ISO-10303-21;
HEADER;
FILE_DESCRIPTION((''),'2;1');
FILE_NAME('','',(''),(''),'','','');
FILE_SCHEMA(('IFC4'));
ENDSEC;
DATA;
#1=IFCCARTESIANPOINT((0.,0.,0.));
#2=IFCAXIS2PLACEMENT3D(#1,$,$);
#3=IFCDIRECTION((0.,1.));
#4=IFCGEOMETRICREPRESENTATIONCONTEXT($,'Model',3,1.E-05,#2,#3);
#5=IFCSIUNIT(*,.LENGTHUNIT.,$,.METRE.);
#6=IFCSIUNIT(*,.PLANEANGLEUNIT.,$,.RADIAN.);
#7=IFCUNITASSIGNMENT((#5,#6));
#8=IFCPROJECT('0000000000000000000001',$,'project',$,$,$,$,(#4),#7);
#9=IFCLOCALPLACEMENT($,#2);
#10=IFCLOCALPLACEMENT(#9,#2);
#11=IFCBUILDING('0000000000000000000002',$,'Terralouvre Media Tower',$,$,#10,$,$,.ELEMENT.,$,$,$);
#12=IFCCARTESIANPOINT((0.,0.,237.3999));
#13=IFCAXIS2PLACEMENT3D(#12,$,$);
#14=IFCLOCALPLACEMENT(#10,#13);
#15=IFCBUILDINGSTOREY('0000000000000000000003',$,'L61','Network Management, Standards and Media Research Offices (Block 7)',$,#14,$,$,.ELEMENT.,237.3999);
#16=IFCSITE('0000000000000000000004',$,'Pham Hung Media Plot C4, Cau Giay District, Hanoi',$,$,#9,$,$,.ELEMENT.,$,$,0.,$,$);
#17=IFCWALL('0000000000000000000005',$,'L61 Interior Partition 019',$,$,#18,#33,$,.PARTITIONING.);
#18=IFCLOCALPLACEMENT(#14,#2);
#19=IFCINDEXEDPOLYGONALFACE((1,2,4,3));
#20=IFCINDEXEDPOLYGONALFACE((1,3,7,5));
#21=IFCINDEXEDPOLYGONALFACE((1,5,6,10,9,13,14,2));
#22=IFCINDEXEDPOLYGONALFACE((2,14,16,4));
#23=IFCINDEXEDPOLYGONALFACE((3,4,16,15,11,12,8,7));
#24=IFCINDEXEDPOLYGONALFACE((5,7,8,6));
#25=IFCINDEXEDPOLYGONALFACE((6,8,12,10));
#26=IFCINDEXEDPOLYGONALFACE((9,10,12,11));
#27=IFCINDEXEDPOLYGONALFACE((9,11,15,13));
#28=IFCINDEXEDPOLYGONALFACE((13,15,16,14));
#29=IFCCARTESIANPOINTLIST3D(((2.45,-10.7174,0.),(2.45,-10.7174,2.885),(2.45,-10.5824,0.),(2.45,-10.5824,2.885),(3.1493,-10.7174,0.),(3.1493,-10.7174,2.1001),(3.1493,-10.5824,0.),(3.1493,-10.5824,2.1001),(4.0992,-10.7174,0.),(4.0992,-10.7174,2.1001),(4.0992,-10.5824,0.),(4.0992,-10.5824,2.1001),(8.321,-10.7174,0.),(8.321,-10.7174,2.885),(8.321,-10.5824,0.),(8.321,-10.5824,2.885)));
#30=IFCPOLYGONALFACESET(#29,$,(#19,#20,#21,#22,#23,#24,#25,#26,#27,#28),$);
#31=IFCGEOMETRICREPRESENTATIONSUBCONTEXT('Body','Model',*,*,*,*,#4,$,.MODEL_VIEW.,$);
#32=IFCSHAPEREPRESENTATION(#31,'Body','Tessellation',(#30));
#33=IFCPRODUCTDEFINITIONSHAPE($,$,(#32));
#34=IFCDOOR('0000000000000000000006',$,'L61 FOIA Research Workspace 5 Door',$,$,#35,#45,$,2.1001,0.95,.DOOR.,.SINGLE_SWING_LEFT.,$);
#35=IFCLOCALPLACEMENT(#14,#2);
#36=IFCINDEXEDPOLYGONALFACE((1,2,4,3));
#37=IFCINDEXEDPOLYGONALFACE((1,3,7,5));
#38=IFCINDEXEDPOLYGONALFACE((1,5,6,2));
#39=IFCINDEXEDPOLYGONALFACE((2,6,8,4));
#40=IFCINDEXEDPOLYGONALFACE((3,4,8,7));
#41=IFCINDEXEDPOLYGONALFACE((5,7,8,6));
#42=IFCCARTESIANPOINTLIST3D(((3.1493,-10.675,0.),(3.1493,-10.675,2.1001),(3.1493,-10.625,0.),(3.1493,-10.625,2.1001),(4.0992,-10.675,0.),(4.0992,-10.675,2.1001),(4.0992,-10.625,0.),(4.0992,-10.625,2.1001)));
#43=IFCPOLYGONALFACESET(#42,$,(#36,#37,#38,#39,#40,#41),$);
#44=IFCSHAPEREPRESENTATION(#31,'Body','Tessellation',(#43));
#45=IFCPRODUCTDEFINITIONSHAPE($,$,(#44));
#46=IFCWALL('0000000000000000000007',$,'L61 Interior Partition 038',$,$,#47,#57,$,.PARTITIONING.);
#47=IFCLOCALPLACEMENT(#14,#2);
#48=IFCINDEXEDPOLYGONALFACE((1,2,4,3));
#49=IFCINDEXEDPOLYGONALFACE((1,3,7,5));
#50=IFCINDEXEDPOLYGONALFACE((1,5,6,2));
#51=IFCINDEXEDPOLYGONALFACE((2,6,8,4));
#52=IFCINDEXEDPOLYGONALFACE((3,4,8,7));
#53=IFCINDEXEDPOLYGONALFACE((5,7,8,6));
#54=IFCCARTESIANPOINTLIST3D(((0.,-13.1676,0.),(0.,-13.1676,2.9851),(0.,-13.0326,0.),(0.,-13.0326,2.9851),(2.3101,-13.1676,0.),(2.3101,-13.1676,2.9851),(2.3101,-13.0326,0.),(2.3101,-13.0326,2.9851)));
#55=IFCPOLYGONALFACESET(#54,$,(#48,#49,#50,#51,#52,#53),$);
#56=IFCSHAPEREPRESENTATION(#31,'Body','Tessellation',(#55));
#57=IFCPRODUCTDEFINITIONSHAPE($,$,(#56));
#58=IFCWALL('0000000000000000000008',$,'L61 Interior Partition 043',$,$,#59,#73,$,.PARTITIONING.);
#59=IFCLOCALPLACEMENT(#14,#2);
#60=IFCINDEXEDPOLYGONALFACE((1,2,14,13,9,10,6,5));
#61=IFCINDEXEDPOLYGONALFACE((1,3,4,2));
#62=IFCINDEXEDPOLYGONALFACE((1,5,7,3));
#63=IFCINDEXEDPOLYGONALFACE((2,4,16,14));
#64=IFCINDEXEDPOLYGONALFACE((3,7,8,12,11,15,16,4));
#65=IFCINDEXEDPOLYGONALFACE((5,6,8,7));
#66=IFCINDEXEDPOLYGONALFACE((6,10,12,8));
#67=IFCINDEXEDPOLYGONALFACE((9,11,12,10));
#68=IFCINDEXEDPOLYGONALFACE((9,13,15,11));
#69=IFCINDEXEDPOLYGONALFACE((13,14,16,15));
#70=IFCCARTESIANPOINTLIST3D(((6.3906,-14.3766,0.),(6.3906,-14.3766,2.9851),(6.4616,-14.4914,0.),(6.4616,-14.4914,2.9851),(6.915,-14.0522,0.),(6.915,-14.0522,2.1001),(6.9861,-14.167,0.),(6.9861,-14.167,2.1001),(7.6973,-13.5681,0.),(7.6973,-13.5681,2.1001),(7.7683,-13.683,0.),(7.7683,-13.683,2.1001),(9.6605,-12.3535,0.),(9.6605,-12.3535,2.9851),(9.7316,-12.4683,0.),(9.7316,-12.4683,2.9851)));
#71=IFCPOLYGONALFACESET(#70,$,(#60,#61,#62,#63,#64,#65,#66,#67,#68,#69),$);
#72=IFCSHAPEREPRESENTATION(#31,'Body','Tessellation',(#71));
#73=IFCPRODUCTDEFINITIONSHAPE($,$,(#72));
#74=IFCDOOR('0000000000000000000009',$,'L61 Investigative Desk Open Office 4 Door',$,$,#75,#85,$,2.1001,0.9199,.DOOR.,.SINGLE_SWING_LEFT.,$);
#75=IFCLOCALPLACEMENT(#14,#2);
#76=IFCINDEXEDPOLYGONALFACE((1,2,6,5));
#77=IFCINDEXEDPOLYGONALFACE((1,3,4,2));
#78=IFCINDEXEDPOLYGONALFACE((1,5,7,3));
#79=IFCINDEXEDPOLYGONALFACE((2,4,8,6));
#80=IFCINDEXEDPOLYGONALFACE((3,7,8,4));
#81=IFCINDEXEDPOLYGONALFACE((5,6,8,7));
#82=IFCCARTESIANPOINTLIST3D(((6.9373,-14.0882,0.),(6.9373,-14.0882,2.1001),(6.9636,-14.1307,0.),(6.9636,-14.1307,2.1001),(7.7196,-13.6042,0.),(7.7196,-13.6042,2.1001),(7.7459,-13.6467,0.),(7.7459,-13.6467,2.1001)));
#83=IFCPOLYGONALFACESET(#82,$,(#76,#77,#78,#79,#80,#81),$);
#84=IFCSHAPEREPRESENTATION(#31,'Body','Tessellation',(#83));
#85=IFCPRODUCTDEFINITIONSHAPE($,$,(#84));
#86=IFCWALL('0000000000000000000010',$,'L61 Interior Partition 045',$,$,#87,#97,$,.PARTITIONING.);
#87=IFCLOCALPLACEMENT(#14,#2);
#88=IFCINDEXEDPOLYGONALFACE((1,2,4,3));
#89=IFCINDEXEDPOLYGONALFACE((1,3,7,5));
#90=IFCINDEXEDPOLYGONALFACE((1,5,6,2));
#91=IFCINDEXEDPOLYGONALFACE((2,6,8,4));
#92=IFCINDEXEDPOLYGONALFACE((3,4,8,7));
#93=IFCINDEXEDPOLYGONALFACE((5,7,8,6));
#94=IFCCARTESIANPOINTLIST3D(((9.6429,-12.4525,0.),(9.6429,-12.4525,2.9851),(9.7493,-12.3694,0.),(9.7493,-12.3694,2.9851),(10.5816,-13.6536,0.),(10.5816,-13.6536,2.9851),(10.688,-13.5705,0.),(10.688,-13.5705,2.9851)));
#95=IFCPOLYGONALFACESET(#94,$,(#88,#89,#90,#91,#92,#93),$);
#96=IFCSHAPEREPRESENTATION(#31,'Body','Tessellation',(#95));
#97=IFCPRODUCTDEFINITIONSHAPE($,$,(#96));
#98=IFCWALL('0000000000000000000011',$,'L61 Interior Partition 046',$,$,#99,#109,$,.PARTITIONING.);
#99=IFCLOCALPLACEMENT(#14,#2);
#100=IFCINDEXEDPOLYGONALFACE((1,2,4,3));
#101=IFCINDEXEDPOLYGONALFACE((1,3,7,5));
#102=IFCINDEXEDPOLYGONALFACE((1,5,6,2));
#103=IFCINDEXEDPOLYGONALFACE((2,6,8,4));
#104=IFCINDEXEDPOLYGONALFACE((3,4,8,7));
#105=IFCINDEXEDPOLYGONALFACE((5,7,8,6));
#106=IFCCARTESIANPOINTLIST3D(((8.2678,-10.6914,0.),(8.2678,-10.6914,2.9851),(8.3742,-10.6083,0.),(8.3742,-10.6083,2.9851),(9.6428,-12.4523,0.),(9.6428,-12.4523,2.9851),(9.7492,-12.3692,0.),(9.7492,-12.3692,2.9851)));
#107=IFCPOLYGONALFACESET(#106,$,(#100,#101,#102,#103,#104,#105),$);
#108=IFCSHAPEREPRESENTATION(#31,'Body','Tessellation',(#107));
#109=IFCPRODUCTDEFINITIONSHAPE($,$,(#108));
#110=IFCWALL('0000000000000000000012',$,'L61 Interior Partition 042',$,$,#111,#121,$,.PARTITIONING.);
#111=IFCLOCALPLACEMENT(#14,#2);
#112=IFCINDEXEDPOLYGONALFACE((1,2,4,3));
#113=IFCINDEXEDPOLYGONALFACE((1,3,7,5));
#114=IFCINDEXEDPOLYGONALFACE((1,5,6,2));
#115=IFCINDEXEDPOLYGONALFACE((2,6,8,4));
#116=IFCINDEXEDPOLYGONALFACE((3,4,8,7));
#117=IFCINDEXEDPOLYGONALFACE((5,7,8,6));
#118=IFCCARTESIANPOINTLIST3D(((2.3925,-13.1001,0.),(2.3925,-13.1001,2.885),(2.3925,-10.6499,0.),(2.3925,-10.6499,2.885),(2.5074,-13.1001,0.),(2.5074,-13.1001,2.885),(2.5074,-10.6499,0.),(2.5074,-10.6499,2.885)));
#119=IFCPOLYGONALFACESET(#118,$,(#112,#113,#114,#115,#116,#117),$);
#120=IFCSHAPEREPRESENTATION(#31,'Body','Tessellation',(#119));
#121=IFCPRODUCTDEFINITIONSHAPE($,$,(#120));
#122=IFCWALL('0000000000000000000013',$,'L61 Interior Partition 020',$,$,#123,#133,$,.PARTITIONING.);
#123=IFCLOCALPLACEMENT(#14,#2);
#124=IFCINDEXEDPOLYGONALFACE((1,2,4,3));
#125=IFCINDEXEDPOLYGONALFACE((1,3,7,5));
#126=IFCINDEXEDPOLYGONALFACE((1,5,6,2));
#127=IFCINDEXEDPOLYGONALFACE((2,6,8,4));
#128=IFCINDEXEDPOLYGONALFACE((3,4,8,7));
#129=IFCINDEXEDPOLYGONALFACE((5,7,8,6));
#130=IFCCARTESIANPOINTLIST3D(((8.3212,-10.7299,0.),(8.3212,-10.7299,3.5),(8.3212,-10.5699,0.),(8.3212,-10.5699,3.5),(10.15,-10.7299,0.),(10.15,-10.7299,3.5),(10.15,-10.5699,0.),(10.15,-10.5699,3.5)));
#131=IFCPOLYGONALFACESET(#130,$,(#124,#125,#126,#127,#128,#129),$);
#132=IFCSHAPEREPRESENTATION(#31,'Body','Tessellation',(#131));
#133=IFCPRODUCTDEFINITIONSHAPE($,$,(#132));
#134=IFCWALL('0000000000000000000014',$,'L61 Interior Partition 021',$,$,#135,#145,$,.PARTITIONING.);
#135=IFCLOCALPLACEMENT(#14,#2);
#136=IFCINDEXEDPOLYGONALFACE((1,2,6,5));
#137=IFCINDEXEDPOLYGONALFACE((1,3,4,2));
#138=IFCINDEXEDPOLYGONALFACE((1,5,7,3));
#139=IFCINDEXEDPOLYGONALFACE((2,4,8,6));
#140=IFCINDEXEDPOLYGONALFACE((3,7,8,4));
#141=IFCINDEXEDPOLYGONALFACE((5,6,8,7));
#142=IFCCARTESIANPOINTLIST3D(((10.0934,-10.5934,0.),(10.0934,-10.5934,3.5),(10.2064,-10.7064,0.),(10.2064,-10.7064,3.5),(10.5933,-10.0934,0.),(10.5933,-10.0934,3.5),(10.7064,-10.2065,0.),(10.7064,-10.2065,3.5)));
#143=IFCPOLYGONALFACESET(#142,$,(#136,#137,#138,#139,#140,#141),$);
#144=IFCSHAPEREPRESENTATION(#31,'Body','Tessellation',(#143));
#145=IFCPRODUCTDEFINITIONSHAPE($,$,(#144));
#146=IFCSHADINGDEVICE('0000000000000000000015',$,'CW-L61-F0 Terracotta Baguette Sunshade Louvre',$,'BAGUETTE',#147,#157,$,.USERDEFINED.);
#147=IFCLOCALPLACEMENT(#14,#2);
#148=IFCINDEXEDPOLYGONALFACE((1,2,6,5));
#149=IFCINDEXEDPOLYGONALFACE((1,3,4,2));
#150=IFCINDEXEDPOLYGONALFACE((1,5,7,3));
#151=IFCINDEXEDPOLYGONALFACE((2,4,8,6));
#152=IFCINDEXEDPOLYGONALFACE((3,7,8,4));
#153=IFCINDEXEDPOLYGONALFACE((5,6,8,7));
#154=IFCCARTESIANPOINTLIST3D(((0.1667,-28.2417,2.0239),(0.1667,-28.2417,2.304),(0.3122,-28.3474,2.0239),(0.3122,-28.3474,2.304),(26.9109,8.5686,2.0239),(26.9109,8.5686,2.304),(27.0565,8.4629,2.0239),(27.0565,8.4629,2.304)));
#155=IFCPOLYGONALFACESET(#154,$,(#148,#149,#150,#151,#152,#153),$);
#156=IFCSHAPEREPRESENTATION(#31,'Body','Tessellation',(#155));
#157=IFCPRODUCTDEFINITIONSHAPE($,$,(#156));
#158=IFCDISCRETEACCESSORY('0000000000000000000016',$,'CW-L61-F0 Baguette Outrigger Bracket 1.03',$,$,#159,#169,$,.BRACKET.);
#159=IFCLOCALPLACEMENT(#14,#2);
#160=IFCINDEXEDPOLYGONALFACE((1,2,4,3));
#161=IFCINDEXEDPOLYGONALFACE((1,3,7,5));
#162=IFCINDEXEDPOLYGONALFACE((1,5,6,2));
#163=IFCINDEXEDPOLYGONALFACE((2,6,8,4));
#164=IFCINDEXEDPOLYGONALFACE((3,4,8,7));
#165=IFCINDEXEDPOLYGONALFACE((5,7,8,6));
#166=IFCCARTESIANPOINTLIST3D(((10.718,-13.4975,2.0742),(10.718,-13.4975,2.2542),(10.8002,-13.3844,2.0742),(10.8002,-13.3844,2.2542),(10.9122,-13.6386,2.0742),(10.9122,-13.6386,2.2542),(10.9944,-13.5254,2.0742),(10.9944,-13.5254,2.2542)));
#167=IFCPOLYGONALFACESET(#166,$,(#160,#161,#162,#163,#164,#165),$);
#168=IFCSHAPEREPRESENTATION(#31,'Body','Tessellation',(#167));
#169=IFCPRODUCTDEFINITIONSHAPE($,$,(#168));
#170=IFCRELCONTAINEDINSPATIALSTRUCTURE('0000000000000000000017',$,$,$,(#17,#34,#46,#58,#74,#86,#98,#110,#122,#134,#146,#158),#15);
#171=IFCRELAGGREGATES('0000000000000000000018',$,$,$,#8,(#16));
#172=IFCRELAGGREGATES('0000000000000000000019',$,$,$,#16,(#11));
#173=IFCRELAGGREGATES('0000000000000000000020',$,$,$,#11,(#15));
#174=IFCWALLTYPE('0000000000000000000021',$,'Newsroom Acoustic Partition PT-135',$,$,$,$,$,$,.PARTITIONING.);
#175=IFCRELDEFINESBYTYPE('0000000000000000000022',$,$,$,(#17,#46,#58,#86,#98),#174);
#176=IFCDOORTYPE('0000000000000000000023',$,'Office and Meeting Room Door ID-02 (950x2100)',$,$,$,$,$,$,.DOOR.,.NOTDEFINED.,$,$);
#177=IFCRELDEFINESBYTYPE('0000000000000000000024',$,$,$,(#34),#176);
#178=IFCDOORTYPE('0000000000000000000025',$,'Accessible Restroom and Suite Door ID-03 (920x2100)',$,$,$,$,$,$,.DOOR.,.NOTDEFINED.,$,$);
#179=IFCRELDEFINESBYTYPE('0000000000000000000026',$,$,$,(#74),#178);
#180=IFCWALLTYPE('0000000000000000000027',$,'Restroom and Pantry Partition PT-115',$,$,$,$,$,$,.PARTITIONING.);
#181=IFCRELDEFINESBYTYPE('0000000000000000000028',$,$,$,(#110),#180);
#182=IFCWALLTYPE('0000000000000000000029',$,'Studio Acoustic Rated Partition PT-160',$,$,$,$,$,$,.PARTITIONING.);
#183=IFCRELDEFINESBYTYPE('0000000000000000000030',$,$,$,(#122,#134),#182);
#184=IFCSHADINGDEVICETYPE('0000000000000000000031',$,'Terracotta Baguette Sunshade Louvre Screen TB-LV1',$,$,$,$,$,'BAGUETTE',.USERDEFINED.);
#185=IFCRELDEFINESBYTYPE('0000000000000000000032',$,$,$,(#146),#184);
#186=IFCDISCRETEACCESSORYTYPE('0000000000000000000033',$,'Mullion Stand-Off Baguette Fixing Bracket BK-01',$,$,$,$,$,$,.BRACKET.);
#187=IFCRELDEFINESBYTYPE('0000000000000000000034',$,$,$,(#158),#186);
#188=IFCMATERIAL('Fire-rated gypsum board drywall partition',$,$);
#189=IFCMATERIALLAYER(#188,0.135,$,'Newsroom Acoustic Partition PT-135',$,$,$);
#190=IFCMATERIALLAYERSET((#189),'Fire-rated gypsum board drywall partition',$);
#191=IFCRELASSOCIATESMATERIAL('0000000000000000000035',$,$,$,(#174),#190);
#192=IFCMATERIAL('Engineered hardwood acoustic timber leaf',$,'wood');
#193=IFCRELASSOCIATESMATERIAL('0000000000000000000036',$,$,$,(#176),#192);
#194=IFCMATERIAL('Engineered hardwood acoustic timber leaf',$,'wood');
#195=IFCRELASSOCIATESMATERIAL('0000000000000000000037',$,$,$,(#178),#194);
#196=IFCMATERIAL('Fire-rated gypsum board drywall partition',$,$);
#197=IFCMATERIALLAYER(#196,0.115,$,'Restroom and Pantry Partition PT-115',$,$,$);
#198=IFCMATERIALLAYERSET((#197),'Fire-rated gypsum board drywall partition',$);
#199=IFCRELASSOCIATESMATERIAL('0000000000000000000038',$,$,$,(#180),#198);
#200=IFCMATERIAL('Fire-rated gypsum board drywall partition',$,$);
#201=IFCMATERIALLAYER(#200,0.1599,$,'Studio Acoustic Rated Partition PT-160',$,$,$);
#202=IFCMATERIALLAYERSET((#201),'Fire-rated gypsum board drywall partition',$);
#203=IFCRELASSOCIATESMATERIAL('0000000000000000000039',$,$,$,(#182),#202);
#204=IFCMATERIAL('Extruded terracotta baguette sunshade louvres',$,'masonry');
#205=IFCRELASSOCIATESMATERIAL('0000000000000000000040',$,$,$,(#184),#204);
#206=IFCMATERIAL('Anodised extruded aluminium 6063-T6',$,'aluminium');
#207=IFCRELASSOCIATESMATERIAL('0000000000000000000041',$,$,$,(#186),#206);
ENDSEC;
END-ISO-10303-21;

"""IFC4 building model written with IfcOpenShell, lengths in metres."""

from ifc_helpers import new_model, si_unit, direction, frame, frame_2d, origin, origin_2d, place, context, subcontext, project, spatial, rectangle, extrude, material, layer, layer_set, type_object, element, fill, save


model = new_model("IFC4")

# Units and contexts
model_context = context("Model", 3, precision=1e-05, world=origin(), true_north=direction((0.0, 1.0)))
body_context = subcontext(model_context, "Body", "Model", "MODEL_VIEW")
ifc_project = project(units=[si_unit("LENGTHUNIT", "METRE"), si_unit("PLANEANGLEUNIT", "RADIAN")], contexts=[model_context])

# Site, building, storey
site_placement = place(None, origin())
site = spatial("IfcSite", under=ifc_project, at=site_placement, Name="Pham Hung Media Plot C4, Cau Giay District, Hanoi", CompositionType="ELEMENT", RefElevation=0.0)
building_placement = place(site_placement, origin())
building = spatial("IfcBuilding", under=site, at=building_placement, Name="Terralouvre Media Tower", CompositionType="ELEMENT")
storey_placement = place(building_placement, frame((0.0, 0.0, 237.3999)))
storey = spatial("IfcBuildingStorey", under=building, at=storey_placement, Name="L61", Description="Network Management, Standards and Media Research Offices (Block 7)", CompositionType="ELEMENT", Elevation=237.3999)

# Wall, opening, door
ifc_material_1 = material(Name="Fire-rated gypsum board drywall partition")
ifc_layer_1 = layer(ifc_material_1, 0.135, Name="Newsroom Acoustic Partition PT-135")
ifc_layer_set_1 = layer_set([ifc_layer_1], Name="Fire-rated gypsum board drywall partition")
wall_type_1 = type_object("IfcWallType", Name="Newsroom Acoustic Partition PT-135", PredefinedType="PARTITIONING", material=ifc_layer_set_1)
wall_1_placement = place(storey_placement, frame((2.45, -10.6499, 0.0), z_axis=(0.0, 0.0, 1.0), x_axis=(1.0, 0.0, 0.0)))
wall_1 = element("IfcWall", 1, at=wall_1_placement, inside=storey, type_object=wall_type_1, Name="L61 Interior Partition 019", PredefinedType="PARTITIONING", context=body_context, shape_type="SweptSolid", body=[
    extrude(rectangle(XDim=5.8711, YDim=0.135, at=frame_2d((2.9355, 0.0))), origin(), (0.0, 0.0, 1.0), 2.885),
])
opening_1_placement = place(wall_1_placement, frame((0.6992, 0.0, 0.0)))
opening_1 = element("IfcOpeningElement", 2, at=opening_1_placement, cuts=wall_1, PredefinedType="OPENING", context=body_context, shape_type="SweptSolid", body=[
    extrude(rectangle(XDim=0.95, YDim=2.1001, at=frame_2d((0.4751, 1.05))), frame((0.0, 0.0774, 0.0), z_axis=(0.0, -1.0, 0.0), x_axis=(1.0, 0.0, 0.0)), (0.0, 0.0, 1.0), 0.155),
])
ifc_material_2 = material(Name="Engineered hardwood acoustic timber leaf", Category="wood")
door_type_1 = type_object("IfcDoorType", Name="Office and Meeting Room Door ID-02 (950x2100)", OperationType="NOTDEFINED", PredefinedType="DOOR", material=ifc_material_2)
door_1_placement = place(opening_1_placement, origin())
door_1 = element("IfcDoor", 3, at=door_1_placement, inside=storey, type_object=door_type_1, Name="L61 FOIA Research Workspace 5 Door", OperationType="SINGLE_SWING_LEFT", OverallHeight=2.1001, OverallWidth=0.95, PredefinedType="DOOR", context=body_context, shape_type="SweptSolid", body=[
    extrude(rectangle(XDim=0.95, YDim=2.1001, at=frame_2d((0.4751, 1.05))), frame((0.0, 0.0249, 0.0), z_axis=(0.0, -1.0, 0.0), x_axis=(1.0, 0.0, 0.0)), (0.0, 0.0, 1.0), 0.05),
])
fill(opening_1, door_1)

# Wall
wall_2_placement = place(storey_placement, frame((2.3101, -13.1001, 0.0), z_axis=(0.0, 0.0, 1.0), x_axis=(-1.0, 0.0, 0.0)))
element("IfcWall", 4, at=wall_2_placement, inside=storey, type_object=wall_type_1, Name="L61 Interior Partition 038", PredefinedType="PARTITIONING", context=body_context, shape_type="SweptSolid", body=[
    extrude(rectangle(XDim=2.3101, YDim=0.135, at=frame_2d((1.155, 0.0))), origin(), (0.0, 0.0, 1.0), 2.9851),
])

# Wall, opening, door
wall_3_placement = place(storey_placement, frame((9.696, -12.4109, 0.0), z_axis=(0.0, 0.0, 1.0), x_axis=(-0.850394, -0.526147, 0.0)))
wall_3 = element("IfcWall", 5, at=wall_3_placement, inside=storey, type_object=wall_type_1, Name="L61 Interior Partition 043", PredefinedType="PARTITIONING", context=body_context, shape_type="SweptSolid", body=[
    extrude(rectangle(XDim=3.8452, YDim=0.135, at=frame_2d((1.9226, 0.0))), origin(), (0.0, 0.0, 1.0), 2.9851),
])
opening_2_placement = place(wall_3_placement, frame((2.3086, 0.0, 0.0)))
opening_2 = element("IfcOpeningElement", 6, at=opening_2_placement, cuts=wall_3, PredefinedType="OPENING", context=body_context, shape_type="SweptSolid", body=[
    extrude(rectangle(XDim=0.9199, YDim=2.1001, at=frame_2d((0.46, 1.05))), frame((0.0, 0.0774, 0.0), z_axis=(0.0, -1.0, 0.0), x_axis=(1.0, 0.0, 0.0)), (0.0, 0.0, 1.0), 0.155),
])
ifc_material_3 = material(Name="Engineered hardwood acoustic timber leaf", Category="wood")
door_type_2 = type_object("IfcDoorType", Name="Accessible Restroom and Suite Door ID-03 (920x2100)", OperationType="NOTDEFINED", PredefinedType="DOOR", material=ifc_material_3)
door_2_placement = place(opening_2_placement, origin())
door_2 = element("IfcDoor", 7, at=door_2_placement, inside=storey, type_object=door_type_2, Name="L61 Investigative Desk Open Office 4 Door", OperationType="SINGLE_SWING_LEFT", OverallHeight=2.1001, OverallWidth=0.9199, PredefinedType="DOOR", context=body_context, shape_type="SweptSolid", body=[
    extrude(rectangle(XDim=0.9199, YDim=2.1001, at=frame_2d((0.46, 1.05))), frame((0.0, 0.0249, 0.0), z_axis=(0.0, -1.0, 0.0), x_axis=(1.0, 0.0, 0.0)), (0.0, 0.0, 1.0), 0.05),
])
fill(opening_2, door_2)

# Walls
wall_4_placement = place(storey_placement, frame((10.6348, -13.6121, 0.0), z_axis=(0.0, 0.0, 1.0), x_axis=(-0.615768, 0.787927, 0.0)))
element("IfcWall", 8, at=wall_4_placement, inside=storey, type_object=wall_type_1, Name="L61 Interior Partition 045", PredefinedType="PARTITIONING", context=body_context, shape_type="SweptSolid", body=[
    extrude(rectangle(XDim=1.5244, YDim=0.135, at=frame_2d((0.7622, 0.0))), origin(), (0.0, 0.0, 1.0), 2.9851),
])
wall_5_placement = place(storey_placement, frame((9.696, -12.4109, 0.0), z_axis=(0.0, 0.0, 1.0), x_axis=(-0.61543, 0.788192, 0.0)))
element("IfcWall", 9, at=wall_5_placement, inside=storey, type_object=wall_type_1, Name="L61 Interior Partition 046", PredefinedType="PARTITIONING", context=body_context, shape_type="SweptSolid", body=[
    extrude(rectangle(XDim=2.2341, YDim=0.135, at=frame_2d((1.1172, 0.0))), origin(), (0.0, 0.0, 1.0), 2.9851),
])
ifc_material_4 = material(Name="Fire-rated gypsum board drywall partition")
ifc_layer_2 = layer(ifc_material_4, 0.115, Name="Restroom and Pantry Partition PT-115")
ifc_layer_set_2 = layer_set([ifc_layer_2], Name="Fire-rated gypsum board drywall partition")
wall_type_2 = type_object("IfcWallType", Name="Restroom and Pantry Partition PT-115", PredefinedType="PARTITIONING", material=ifc_layer_set_2)
wall_6_placement = place(storey_placement, frame((2.45, -13.1001, 0.0), z_axis=(0.0, 0.0, 1.0), x_axis=(0.0, 1.0, 0.0)))
element("IfcWall", 10, at=wall_6_placement, inside=storey, type_object=wall_type_2, Name="L61 Interior Partition 042", PredefinedType="PARTITIONING", context=body_context, shape_type="SweptSolid", body=[
    extrude(rectangle(XDim=2.4502, YDim=0.115, at=frame_2d((1.2251, 0.0))), origin(), (0.0, 0.0, 1.0), 2.885),
])
ifc_material_5 = material(Name="Fire-rated gypsum board drywall partition")
ifc_layer_3 = layer(ifc_material_5, 0.1599, Name="Studio Acoustic Rated Partition PT-160")
ifc_layer_set_3 = layer_set([ifc_layer_3], Name="Fire-rated gypsum board drywall partition")
wall_type_3 = type_object("IfcWallType", Name="Studio Acoustic Rated Partition PT-160", PredefinedType="PARTITIONING", material=ifc_layer_set_3)
wall_7_placement = place(storey_placement, frame((8.321, -10.6499, 0.0), z_axis=(0.0, 0.0, 1.0), x_axis=(1.0, 0.0, 0.0)))
element("IfcWall", 11, at=wall_7_placement, inside=storey, type_object=wall_type_3, Name="L61 Interior Partition 020", PredefinedType="PARTITIONING", context=body_context, shape_type="SweptSolid", body=[
    extrude(rectangle(XDim=1.8289, YDim=0.1599, at=frame_2d((0.9146, 0.0))), origin(), (0.0, 0.0, 1.0), 3.5),
])
wall_8_placement = place(storey_placement, frame((10.1499, -10.6499, 0.0), z_axis=(0.0, 0.0, 1.0), x_axis=(0.707107, 0.707107, 0.0)))
element("IfcWall", 12, at=wall_8_placement, inside=storey, type_object=wall_type_3, Name="L61 Interior Partition 021", PredefinedType="PARTITIONING", context=body_context, shape_type="SweptSolid", body=[
    extrude(rectangle(XDim=0.707, YDim=0.1599, at=frame_2d((0.3535, 0.0))), origin(), (0.0, 0.0, 1.0), 3.5),
])

# Shading device
ifc_material_6 = material(Name="Extruded terracotta baguette sunshade louvres", Category="masonry")
shading_device_type = type_object("IfcShadingDeviceType", Name="Terracotta Baguette Sunshade Louvre Screen TB-LV1", ElementType="BAGUETTE", PredefinedType="USERDEFINED", material=ifc_material_6)
shading_device_placement = place(storey_placement, frame((13.6116, -9.8894, 2.0239), z_axis=(0.0, 0.0, 1.0), x_axis=(0.587785, 0.809017, 0.0)))
element("IfcShadingDevice", 13, at=shading_device_placement, inside=storey, type_object=shading_device_type, Name="CW-L61-F0 Terracotta Baguette Sunshade Louvre", ObjectType="BAGUETTE", PredefinedType="USERDEFINED", context=body_context, shape_type="SweptSolid", body=[
    extrude(rectangle(XDim=45.5, YDim=0.1799, at=origin_2d()), origin(), (0.0, 0.0, 1.0), 0.28),
])

# Discrete accessory
ifc_material_7 = material(Name="Anodised extruded aluminium 6063-T6", Category="aluminium")
discrete_accessory_type = type_object("IfcDiscreteAccessoryType", Name="Mullion Stand-Off Baguette Fixing Bracket BK-01", PredefinedType="BRACKET", material=ifc_material_7)
discrete_accessory_placement = place(storey_placement, frame((10.8562, -13.5115, 2.0742), z_axis=(0.0, 0.0, 1.0), x_axis=(0.587785, 0.809017, 0.0)))
element("IfcDiscreteAccessory", 14, at=discrete_accessory_placement, inside=storey, type_object=discrete_accessory_type, Name="CW-L61-F0 Baguette Outrigger Bracket 1.03", PredefinedType="BRACKET", context=body_context, shape_type="SweptSolid", body=[
    extrude(rectangle(XDim=0.1399, YDim=0.24, at=origin_2d()), origin(), (0.0, 0.0, 1.0), 0.1799),
])

save(model, "model.ifc")
